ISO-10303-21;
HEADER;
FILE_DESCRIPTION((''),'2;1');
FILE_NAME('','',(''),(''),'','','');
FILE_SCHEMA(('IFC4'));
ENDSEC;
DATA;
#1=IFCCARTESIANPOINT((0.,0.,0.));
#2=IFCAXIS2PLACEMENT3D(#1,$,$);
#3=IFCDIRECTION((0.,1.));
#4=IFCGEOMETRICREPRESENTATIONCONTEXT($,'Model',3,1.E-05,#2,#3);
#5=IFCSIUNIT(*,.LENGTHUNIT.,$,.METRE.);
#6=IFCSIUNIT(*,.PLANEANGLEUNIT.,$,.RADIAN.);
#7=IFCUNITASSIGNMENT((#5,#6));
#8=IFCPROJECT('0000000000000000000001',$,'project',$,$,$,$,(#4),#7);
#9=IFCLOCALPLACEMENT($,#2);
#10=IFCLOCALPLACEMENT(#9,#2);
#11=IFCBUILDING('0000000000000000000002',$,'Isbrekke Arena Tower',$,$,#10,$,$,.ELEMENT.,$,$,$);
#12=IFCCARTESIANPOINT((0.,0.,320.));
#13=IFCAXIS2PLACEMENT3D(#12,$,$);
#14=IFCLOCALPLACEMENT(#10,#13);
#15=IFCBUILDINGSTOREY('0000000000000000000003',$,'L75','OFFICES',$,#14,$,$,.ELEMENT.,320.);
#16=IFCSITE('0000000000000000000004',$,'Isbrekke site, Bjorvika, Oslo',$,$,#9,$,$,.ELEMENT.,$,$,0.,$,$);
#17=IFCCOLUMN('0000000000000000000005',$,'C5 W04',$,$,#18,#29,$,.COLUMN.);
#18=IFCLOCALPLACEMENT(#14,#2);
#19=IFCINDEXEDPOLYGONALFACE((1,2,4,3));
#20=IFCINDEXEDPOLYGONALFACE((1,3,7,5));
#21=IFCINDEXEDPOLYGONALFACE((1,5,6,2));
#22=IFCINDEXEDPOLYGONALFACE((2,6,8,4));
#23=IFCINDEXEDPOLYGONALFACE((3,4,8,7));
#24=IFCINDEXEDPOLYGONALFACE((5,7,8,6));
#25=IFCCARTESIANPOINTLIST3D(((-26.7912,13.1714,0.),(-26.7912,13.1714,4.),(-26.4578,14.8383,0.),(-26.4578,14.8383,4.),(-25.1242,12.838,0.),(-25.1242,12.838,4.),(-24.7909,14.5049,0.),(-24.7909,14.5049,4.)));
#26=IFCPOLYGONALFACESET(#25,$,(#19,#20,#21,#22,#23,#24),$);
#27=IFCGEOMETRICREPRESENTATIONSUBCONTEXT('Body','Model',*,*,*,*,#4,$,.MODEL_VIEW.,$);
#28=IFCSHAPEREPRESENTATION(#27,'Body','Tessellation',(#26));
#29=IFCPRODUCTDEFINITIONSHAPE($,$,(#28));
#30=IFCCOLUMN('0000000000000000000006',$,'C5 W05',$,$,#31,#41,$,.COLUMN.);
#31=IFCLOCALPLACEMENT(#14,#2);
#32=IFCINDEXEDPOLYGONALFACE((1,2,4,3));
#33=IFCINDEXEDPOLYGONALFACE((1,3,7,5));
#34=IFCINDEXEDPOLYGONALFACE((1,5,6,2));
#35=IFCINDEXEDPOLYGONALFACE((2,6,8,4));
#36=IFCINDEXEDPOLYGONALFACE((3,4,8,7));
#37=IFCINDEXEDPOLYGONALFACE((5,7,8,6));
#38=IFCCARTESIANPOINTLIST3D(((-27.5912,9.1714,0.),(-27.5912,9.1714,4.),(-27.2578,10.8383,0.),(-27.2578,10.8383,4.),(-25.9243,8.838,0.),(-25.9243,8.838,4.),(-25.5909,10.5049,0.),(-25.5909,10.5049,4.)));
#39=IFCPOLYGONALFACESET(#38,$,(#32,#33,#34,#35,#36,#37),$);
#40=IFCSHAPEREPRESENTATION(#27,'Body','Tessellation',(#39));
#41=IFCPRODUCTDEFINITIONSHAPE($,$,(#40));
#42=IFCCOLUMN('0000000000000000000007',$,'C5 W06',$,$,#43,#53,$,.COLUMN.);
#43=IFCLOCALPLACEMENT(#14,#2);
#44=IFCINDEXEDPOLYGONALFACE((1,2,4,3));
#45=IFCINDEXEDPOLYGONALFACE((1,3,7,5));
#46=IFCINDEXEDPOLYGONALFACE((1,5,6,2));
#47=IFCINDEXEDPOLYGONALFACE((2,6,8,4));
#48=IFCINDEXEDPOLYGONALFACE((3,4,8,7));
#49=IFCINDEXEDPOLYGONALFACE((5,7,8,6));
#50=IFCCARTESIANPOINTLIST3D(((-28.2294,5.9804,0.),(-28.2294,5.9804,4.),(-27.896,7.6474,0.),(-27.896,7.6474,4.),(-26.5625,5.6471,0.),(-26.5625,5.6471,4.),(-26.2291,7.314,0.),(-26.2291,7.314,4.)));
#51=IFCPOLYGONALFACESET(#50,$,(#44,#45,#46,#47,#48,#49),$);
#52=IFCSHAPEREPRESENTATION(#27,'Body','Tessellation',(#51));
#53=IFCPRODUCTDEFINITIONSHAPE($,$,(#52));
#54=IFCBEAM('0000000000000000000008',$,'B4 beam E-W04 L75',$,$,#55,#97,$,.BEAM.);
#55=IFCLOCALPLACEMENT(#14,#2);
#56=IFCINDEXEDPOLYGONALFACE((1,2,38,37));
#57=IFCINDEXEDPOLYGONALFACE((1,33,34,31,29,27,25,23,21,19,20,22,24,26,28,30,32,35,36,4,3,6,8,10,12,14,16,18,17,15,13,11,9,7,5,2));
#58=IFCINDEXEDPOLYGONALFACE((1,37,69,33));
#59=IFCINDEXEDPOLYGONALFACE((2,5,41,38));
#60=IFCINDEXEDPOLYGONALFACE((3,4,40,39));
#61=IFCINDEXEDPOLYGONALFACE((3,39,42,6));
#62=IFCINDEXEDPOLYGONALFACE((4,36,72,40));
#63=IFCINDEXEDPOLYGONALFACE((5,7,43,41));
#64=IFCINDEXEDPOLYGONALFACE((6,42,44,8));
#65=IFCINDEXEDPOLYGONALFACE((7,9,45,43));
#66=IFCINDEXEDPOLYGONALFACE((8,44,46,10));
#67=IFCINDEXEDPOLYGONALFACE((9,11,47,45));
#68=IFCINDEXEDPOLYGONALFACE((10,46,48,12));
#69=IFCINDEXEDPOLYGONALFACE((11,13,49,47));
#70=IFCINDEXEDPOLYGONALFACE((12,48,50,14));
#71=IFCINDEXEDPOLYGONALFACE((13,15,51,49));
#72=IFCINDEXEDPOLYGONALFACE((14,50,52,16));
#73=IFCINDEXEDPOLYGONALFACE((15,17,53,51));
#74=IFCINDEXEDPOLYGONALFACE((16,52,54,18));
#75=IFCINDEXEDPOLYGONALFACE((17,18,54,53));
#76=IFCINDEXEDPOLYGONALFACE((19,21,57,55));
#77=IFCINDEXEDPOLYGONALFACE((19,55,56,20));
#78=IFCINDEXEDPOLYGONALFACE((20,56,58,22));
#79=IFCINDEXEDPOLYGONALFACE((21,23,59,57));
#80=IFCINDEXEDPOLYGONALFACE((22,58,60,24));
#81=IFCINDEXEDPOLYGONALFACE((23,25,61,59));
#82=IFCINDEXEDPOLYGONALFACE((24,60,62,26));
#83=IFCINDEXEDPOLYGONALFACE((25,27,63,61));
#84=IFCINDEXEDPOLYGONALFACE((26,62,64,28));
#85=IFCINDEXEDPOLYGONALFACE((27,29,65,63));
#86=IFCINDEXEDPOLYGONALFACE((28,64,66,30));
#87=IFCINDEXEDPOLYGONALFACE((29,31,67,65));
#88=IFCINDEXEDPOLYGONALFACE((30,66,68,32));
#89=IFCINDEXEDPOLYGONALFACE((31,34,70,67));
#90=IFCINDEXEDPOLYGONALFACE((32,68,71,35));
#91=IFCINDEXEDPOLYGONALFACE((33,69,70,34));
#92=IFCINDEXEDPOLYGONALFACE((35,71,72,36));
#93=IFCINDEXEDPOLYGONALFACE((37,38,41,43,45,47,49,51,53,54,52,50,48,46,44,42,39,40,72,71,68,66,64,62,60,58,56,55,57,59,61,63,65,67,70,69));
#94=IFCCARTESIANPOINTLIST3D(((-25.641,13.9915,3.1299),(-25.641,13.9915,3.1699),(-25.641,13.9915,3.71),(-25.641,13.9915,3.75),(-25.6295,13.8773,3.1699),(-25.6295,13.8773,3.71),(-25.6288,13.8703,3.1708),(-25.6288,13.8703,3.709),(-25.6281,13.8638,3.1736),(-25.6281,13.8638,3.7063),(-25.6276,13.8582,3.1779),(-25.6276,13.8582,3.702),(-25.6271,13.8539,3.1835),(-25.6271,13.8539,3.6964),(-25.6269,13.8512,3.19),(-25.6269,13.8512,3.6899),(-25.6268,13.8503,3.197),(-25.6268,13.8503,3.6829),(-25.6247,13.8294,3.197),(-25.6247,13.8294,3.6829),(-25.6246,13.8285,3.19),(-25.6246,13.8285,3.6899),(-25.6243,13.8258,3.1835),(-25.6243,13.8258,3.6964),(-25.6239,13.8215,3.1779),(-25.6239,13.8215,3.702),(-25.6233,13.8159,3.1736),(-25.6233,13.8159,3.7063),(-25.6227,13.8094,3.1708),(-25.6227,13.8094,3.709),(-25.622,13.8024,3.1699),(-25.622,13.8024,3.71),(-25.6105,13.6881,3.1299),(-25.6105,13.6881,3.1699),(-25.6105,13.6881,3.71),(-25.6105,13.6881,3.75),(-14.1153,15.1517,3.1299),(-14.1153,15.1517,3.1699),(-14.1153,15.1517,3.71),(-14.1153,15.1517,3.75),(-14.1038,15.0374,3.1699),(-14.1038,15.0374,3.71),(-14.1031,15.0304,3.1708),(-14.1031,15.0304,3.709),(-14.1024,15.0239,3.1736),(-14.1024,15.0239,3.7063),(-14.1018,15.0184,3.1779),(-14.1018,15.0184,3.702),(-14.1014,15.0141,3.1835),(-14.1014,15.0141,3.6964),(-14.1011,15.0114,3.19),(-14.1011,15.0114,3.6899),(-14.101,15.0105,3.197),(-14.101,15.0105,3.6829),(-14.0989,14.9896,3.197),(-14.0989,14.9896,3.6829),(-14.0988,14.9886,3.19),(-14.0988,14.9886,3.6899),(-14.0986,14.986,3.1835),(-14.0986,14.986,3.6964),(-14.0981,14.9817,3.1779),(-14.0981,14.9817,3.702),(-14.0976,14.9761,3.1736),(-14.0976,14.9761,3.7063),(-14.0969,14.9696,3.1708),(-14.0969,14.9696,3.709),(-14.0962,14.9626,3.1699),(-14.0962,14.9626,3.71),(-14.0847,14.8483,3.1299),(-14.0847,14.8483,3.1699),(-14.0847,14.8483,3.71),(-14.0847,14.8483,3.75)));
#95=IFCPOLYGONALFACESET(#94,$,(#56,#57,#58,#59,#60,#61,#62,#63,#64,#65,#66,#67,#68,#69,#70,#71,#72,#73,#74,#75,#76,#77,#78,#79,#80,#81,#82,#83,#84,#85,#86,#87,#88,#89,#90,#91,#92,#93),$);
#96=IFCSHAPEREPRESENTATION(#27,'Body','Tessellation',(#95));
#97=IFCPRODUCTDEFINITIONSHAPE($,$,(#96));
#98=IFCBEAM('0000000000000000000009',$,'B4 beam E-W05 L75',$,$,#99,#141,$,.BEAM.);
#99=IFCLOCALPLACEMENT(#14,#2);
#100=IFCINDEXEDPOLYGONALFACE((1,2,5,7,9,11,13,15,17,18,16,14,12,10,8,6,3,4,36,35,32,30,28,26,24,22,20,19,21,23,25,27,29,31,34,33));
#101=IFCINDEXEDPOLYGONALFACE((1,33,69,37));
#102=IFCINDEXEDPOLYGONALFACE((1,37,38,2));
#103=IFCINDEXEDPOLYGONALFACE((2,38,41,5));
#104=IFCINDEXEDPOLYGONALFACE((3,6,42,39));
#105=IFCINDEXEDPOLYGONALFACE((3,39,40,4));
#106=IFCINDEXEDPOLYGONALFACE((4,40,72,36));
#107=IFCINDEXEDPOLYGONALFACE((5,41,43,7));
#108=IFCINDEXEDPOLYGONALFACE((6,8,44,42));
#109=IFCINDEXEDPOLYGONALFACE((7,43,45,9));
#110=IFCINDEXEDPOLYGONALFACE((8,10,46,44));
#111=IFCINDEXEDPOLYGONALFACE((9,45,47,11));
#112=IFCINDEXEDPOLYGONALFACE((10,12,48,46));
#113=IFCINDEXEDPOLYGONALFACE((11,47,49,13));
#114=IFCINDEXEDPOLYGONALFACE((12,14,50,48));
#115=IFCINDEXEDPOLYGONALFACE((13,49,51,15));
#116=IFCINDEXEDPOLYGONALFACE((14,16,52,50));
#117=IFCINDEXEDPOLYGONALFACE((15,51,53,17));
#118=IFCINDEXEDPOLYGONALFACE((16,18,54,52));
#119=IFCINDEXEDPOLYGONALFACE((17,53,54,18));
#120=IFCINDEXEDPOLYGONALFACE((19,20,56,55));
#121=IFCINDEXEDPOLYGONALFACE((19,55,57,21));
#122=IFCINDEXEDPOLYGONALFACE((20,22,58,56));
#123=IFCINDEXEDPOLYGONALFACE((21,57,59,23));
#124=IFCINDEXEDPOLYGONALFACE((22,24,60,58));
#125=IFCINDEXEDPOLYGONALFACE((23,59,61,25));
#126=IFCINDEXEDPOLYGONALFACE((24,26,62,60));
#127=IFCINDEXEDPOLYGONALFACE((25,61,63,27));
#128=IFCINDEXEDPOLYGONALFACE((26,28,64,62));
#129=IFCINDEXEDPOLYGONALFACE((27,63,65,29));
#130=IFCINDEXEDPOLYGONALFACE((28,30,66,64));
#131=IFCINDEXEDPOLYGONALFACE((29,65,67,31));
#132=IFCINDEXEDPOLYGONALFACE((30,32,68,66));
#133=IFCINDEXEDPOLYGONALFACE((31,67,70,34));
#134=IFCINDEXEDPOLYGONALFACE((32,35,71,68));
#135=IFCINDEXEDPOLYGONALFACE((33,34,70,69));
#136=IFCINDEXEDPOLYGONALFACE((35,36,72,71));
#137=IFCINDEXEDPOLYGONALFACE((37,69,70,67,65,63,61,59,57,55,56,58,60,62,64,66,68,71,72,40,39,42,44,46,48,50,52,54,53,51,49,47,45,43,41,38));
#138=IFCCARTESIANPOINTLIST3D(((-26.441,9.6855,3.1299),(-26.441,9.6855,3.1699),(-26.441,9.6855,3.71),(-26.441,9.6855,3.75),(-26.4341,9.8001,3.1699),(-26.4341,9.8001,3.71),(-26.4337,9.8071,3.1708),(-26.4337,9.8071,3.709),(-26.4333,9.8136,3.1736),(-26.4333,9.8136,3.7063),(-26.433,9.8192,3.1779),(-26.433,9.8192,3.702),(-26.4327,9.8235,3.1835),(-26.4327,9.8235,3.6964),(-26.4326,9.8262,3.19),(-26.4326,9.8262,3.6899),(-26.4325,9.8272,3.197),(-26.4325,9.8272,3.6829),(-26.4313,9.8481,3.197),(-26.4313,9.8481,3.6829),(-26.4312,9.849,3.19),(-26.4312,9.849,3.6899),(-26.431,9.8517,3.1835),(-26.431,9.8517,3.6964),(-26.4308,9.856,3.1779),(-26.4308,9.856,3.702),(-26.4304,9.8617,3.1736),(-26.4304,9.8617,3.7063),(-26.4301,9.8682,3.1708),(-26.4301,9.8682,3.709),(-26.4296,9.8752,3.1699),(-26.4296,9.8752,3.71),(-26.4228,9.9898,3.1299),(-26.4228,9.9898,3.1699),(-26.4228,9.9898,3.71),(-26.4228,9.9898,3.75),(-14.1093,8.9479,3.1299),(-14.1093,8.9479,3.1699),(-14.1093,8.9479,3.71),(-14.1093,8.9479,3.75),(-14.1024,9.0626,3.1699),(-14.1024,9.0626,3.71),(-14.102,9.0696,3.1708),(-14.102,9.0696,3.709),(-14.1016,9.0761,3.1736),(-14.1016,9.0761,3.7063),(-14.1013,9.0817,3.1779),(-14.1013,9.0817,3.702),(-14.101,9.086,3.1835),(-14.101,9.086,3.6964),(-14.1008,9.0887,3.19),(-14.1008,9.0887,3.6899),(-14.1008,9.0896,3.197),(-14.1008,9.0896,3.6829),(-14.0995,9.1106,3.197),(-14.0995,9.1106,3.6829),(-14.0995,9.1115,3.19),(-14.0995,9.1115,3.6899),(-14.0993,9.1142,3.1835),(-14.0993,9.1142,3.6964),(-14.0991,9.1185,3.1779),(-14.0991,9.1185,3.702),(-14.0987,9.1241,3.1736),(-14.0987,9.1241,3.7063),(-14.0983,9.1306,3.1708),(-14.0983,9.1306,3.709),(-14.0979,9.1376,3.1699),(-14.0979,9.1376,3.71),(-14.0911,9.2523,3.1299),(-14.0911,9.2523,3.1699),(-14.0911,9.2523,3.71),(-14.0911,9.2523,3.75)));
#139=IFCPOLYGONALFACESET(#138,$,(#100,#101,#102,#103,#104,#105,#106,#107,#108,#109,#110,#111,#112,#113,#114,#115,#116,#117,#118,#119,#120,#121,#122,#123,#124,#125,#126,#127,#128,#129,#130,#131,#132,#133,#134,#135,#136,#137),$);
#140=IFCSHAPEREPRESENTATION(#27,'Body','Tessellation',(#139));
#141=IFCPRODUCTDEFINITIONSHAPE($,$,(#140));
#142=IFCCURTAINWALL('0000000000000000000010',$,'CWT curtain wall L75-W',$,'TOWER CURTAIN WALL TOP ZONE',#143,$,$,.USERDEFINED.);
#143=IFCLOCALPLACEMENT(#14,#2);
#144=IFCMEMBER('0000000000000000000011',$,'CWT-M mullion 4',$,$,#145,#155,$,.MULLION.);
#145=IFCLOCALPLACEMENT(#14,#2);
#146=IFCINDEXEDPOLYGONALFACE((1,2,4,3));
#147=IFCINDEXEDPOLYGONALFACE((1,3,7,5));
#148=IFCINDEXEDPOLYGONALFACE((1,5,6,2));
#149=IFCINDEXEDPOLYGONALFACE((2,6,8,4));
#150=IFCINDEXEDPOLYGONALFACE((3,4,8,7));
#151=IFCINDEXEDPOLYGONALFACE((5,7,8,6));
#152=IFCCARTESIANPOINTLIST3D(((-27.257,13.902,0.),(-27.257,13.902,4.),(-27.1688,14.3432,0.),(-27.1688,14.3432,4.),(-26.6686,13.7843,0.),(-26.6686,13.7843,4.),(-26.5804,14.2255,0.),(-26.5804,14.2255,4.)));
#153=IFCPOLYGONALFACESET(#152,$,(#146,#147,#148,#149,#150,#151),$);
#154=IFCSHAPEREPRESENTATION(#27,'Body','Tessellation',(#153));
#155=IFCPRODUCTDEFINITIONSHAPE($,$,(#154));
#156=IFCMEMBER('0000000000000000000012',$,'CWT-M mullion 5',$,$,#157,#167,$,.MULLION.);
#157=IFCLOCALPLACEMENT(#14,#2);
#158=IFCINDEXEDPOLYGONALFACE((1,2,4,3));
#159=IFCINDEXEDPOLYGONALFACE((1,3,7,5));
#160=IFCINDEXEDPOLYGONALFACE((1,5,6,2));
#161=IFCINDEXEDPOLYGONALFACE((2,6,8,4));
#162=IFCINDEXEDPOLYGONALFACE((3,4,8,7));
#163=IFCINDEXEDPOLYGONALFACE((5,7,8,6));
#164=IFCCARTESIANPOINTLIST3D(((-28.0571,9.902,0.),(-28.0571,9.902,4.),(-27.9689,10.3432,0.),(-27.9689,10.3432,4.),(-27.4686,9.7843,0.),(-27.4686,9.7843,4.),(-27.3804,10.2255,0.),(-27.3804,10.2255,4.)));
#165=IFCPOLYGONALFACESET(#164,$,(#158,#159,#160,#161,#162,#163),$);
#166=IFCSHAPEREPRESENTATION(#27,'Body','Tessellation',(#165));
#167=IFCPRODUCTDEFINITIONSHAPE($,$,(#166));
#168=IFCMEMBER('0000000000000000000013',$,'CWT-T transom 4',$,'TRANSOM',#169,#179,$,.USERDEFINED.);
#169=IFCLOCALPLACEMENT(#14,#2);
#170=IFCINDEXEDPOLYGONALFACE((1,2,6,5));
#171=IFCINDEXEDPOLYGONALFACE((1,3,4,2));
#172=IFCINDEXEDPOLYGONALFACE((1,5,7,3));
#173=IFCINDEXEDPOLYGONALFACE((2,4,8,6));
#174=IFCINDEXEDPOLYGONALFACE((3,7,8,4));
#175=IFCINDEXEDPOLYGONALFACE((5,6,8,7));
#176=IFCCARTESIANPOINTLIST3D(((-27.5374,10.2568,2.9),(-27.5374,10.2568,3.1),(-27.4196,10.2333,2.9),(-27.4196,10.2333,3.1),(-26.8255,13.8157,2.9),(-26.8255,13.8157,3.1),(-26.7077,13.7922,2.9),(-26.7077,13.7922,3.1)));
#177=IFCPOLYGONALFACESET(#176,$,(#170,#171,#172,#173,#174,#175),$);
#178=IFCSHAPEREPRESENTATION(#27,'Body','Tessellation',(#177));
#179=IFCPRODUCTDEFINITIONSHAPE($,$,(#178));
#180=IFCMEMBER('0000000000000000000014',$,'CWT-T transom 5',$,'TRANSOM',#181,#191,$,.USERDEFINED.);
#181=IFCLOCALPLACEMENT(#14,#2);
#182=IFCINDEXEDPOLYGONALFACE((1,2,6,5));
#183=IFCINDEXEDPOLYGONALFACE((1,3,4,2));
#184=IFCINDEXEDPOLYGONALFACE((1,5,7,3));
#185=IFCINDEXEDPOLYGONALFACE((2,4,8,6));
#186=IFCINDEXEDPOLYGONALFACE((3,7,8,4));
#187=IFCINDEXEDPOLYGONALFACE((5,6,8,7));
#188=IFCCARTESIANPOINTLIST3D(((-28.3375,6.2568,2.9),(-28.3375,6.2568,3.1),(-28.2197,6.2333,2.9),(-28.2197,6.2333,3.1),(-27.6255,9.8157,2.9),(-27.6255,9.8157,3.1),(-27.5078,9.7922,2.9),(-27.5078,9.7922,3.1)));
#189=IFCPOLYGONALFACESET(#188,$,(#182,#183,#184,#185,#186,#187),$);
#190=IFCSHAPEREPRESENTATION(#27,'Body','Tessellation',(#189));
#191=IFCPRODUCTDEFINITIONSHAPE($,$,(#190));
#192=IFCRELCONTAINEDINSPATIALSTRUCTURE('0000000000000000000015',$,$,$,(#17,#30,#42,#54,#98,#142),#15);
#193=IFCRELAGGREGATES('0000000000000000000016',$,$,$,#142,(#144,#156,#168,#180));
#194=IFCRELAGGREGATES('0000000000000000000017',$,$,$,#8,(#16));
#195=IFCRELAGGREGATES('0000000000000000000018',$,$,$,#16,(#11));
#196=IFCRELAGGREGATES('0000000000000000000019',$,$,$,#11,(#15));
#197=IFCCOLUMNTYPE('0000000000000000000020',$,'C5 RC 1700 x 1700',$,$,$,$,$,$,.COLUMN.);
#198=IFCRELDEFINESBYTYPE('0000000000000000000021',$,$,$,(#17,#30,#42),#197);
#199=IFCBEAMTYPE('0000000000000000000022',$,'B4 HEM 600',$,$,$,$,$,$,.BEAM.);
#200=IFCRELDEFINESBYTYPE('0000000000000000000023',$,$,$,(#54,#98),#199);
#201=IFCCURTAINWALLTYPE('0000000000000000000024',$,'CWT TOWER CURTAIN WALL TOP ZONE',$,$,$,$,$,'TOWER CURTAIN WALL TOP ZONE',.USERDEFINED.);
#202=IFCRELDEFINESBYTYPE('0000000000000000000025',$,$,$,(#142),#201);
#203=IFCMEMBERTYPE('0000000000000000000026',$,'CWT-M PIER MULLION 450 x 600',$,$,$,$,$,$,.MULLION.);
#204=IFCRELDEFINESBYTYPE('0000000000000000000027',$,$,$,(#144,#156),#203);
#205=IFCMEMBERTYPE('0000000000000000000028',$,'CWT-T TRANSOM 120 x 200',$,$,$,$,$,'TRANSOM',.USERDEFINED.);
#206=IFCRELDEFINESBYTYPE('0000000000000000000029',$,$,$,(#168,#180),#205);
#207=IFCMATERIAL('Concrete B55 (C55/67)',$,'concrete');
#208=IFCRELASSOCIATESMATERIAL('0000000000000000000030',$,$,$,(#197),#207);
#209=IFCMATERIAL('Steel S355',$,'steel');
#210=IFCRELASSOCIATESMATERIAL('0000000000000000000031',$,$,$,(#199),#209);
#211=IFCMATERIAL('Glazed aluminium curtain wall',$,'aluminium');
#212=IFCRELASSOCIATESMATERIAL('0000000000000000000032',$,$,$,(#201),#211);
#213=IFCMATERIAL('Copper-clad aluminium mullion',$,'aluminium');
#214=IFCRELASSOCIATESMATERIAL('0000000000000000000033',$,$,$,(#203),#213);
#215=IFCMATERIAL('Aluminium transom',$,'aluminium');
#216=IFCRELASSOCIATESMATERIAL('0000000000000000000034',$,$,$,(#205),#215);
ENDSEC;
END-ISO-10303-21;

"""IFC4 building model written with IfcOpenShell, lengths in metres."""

from ifc_helpers import new_model, si_unit, direction, frame, origin, origin_2d, place, context, subcontext, project, spatial, rectangle, i_section, extrude, material, material_profile, profile_set, type_object, element, aggregate, save


model = new_model("IFC4")

# Units and contexts
model_context = context("Model", 3, precision=1e-05, world=origin(), true_north=direction((0.0, 1.0)))
body_context = subcontext(model_context, "Body", "Model", "MODEL_VIEW")
ifc_project = project(units=[si_unit("LENGTHUNIT", "METRE"), si_unit("PLANEANGLEUNIT", "RADIAN")], contexts=[model_context])

# Site, building, storey
site_placement = place(None, origin())
site = spatial("IfcSite", under=ifc_project, at=site_placement, Name="Isbrekke site, Bjorvika, Oslo", CompositionType="ELEMENT", RefElevation=0.0)
building_placement = place(site_placement, origin())
building = spatial("IfcBuilding", under=site, at=building_placement, Name="Isbrekke Arena Tower", CompositionType="ELEMENT")
storey_placement = place(building_placement, frame((0.0, 0.0, 320.0)))
storey = spatial("IfcBuildingStorey", under=building, at=storey_placement, Name="L75", Description="OFFICES", CompositionType="ELEMENT", Elevation=320.0)

# Columns
ifc_material_1 = material(Name="Concrete B55 (C55/67)", Category="concrete")
ifc_material_profile_1 = material_profile(ifc_material_1, rectangle(XDim=1.7, YDim=1.7, at=origin_2d()), Name="RC 1700x1700")
ifc_profile_set_1 = profile_set([ifc_material_profile_1], Name="Concrete B55 (C55/67)")
column_type = type_object("IfcColumnType", Name="C5 RC 1700 x 1700", PredefinedType="COLUMN", material=ifc_profile_set_1)
for number, where, z_axis, x_axis, name in (
    (1, (-25.791, 13.8381, 0.0), (0.0, 0.0, 1.0), (-0.196116, -0.980581, 0.0), "C5 W04"),
    (2, (-26.5911, 9.8381, 0.0), (0.0, 0.0, 1.0), (-0.196116, -0.980581, 0.0), "C5 W05"),
    (3, (-27.2292, 6.6472, 0.0), (0.0, 0.0, 1.0), (-0.196116, -0.980581, 0.0), "C5 W06"),
):
    element("IfcColumn", number, at=place(storey_placement, frame(where, z_axis=z_axis, x_axis=x_axis)), inside=storey, type_object=column_type, Name=name, PredefinedType="COLUMN", context=body_context, shape_type="SweptSolid", body=[
        extrude(rectangle(XDim=1.7, YDim=1.7, at=origin_2d()), origin(), (0.0, 0.0, 1.0), 4.0),
    ])

# Beams
ifc_material_2 = material(Name="Steel S355", Category="steel")
ifc_material_profile_2 = material_profile(ifc_material_2, i_section(OverallWidth=0.3049, OverallDepth=0.6201, WebThickness=0.021, FlangeThickness=0.04, FilletRadius=0.0271, at=origin_2d()), Name="HEM 600")
ifc_profile_set_2 = profile_set([ifc_material_profile_2], Name="Steel S355")
beam_type_1 = type_object("IfcBeamType", Name="B4 HEM 600", PredefinedType="BEAM", material=ifc_profile_set_2)
beam_1_placement = place(storey_placement, frame((-25.6257, 13.8398, 3.4399), z_axis=(0.994972, 0.100153, 0.0), x_axis=(-0.100153, 0.994972, 0.0)))
element("IfcBeam", 4, at=beam_1_placement, inside=storey, type_object=beam_type_1, Name="B4 beam E-W04 L75", PredefinedType="BEAM", context=body_context, shape_type="SweptSolid", body=[
    extrude(i_section(OverallWidth=0.3049, OverallDepth=0.6201, WebThickness=0.021, FlangeThickness=0.04, FilletRadius=0.0271, at=origin_2d()), origin(), (0.0, 0.0, 1.0), 11.584),
])
beam_2_placement = place(storey_placement, frame((-26.4319, 9.8376, 3.4399), z_axis=(0.998216, -0.059702, 0.0), x_axis=(0.059702, 0.998216, 0.0)))
element("IfcBeam", 5, at=beam_2_placement, inside=storey, type_object=beam_type_1, Name="B4 beam E-W05 L75", PredefinedType="BEAM", context=body_context, shape_type="SweptSolid", body=[
    extrude(i_section(OverallWidth=0.3049, OverallDepth=0.6201, WebThickness=0.021, FlangeThickness=0.04, FilletRadius=0.0271, at=origin_2d()), origin(), (0.0, 0.0, 1.0), 12.3538),
])

# Curtain wall, members
ifc_material_3 = material(Name="Glazed aluminium curtain wall", Category="aluminium")
curtain_wall_type = type_object("IfcCurtainWallType", Name="CWT TOWER CURTAIN WALL TOP ZONE", ElementType="TOWER CURTAIN WALL TOP ZONE", PredefinedType="USERDEFINED", material=ifc_material_3)
curtain_wall_placement = place(storey_placement, origin())
curtain_wall = element("IfcCurtainWall", 6, at=curtain_wall_placement, inside=storey, type_object=curtain_wall_type, Name="CWT curtain wall L75-W", ObjectType="TOWER CURTAIN WALL TOP ZONE", PredefinedType="USERDEFINED")
ifc_material_4 = material(Name="Copper-clad aluminium mullion", Category="aluminium")
ifc_material_profile_3 = material_profile(ifc_material_4, rectangle(XDim=0.45, YDim=0.6001, at=origin_2d()), Name="PIER 450X600")
ifc_profile_set_3 = profile_set([ifc_material_profile_3], Name="Copper-clad aluminium mullion")
member_type_1 = type_object("IfcMemberType", Name="CWT-M PIER MULLION 450 x 600", PredefinedType="MULLION", material=ifc_profile_set_3)
member_1_placement = place(storey_placement, frame((-26.9187, 14.0637, 0.0), z_axis=(0.0, 0.0, 1.0), x_axis=(-0.196116, -0.980581, 0.0)))
member_1 = element("IfcMember", 7, at=member_1_placement, type_object=member_type_1, Name="CWT-M mullion 4", PredefinedType="MULLION", context=body_context, shape_type="SweptSolid", body=[
    extrude(rectangle(XDim=0.45, YDim=0.6001, at=origin_2d()), origin(), (0.0, 0.0, 1.0), 4.0),
])
member_2_placement = place(storey_placement, frame((-27.7188, 10.0637, 0.0), z_axis=(0.0, 0.0, 1.0), x_axis=(-0.196116, -0.980581, 0.0)))
member_2 = element("IfcMember", 8, at=member_2_placement, type_object=member_type_1, Name="CWT-M mullion 5", PredefinedType="MULLION", context=body_context, shape_type="SweptSolid", body=[
    extrude(rectangle(XDim=0.45, YDim=0.6001, at=origin_2d()), origin(), (0.0, 0.0, 1.0), 4.0),
])
ifc_material_5 = material(Name="Aluminium transom", Category="aluminium")
ifc_material_profile_4 = material_profile(ifc_material_5, rectangle(XDim=0.1201, YDim=0.2, at=origin_2d()), Name="TRANSOM 120X200")
ifc_profile_set_4 = profile_set([ifc_material_profile_4], Name="Aluminium transom")
member_type_2 = type_object("IfcMemberType", Name="CWT-T TRANSOM 120 x 200", ElementType="TRANSOM", PredefinedType="USERDEFINED", material=ifc_profile_set_4)
member_3_placement = place(storey_placement, frame((-26.7666, 13.804, 3.0), z_axis=(-0.196155, -0.980573, 0.0), x_axis=(0.980573, -0.196155, 0.0)))
member_3 = element("IfcMember", 9, at=member_3_placement, type_object=member_type_2, Name="CWT-T transom 4", ObjectType="TRANSOM", PredefinedType="USERDEFINED", context=body_context, shape_type="SweptSolid", body=[
    extrude(rectangle(XDim=0.1201, YDim=0.2, at=origin_2d()), origin(), (0.0, 0.0, 1.0), 3.6294),
])
member_4_placement = place(storey_placement, frame((-27.5667, 9.804, 3.0), z_axis=(-0.196155, -0.980573, 0.0), x_axis=(0.980573, -0.196155, 0.0)))
member_4 = element("IfcMember", 10, at=member_4_placement, type_object=member_type_2, Name="CWT-T transom 5", ObjectType="TRANSOM", PredefinedType="USERDEFINED", context=body_context, shape_type="SweptSolid", body=[
    extrude(rectangle(XDim=0.1201, YDim=0.2, at=origin_2d()), origin(), (0.0, 0.0, 1.0), 3.6294),
])

aggregate(curtain_wall, [member_1, member_2, member_3, member_4])

save(model, "model.ifc")
